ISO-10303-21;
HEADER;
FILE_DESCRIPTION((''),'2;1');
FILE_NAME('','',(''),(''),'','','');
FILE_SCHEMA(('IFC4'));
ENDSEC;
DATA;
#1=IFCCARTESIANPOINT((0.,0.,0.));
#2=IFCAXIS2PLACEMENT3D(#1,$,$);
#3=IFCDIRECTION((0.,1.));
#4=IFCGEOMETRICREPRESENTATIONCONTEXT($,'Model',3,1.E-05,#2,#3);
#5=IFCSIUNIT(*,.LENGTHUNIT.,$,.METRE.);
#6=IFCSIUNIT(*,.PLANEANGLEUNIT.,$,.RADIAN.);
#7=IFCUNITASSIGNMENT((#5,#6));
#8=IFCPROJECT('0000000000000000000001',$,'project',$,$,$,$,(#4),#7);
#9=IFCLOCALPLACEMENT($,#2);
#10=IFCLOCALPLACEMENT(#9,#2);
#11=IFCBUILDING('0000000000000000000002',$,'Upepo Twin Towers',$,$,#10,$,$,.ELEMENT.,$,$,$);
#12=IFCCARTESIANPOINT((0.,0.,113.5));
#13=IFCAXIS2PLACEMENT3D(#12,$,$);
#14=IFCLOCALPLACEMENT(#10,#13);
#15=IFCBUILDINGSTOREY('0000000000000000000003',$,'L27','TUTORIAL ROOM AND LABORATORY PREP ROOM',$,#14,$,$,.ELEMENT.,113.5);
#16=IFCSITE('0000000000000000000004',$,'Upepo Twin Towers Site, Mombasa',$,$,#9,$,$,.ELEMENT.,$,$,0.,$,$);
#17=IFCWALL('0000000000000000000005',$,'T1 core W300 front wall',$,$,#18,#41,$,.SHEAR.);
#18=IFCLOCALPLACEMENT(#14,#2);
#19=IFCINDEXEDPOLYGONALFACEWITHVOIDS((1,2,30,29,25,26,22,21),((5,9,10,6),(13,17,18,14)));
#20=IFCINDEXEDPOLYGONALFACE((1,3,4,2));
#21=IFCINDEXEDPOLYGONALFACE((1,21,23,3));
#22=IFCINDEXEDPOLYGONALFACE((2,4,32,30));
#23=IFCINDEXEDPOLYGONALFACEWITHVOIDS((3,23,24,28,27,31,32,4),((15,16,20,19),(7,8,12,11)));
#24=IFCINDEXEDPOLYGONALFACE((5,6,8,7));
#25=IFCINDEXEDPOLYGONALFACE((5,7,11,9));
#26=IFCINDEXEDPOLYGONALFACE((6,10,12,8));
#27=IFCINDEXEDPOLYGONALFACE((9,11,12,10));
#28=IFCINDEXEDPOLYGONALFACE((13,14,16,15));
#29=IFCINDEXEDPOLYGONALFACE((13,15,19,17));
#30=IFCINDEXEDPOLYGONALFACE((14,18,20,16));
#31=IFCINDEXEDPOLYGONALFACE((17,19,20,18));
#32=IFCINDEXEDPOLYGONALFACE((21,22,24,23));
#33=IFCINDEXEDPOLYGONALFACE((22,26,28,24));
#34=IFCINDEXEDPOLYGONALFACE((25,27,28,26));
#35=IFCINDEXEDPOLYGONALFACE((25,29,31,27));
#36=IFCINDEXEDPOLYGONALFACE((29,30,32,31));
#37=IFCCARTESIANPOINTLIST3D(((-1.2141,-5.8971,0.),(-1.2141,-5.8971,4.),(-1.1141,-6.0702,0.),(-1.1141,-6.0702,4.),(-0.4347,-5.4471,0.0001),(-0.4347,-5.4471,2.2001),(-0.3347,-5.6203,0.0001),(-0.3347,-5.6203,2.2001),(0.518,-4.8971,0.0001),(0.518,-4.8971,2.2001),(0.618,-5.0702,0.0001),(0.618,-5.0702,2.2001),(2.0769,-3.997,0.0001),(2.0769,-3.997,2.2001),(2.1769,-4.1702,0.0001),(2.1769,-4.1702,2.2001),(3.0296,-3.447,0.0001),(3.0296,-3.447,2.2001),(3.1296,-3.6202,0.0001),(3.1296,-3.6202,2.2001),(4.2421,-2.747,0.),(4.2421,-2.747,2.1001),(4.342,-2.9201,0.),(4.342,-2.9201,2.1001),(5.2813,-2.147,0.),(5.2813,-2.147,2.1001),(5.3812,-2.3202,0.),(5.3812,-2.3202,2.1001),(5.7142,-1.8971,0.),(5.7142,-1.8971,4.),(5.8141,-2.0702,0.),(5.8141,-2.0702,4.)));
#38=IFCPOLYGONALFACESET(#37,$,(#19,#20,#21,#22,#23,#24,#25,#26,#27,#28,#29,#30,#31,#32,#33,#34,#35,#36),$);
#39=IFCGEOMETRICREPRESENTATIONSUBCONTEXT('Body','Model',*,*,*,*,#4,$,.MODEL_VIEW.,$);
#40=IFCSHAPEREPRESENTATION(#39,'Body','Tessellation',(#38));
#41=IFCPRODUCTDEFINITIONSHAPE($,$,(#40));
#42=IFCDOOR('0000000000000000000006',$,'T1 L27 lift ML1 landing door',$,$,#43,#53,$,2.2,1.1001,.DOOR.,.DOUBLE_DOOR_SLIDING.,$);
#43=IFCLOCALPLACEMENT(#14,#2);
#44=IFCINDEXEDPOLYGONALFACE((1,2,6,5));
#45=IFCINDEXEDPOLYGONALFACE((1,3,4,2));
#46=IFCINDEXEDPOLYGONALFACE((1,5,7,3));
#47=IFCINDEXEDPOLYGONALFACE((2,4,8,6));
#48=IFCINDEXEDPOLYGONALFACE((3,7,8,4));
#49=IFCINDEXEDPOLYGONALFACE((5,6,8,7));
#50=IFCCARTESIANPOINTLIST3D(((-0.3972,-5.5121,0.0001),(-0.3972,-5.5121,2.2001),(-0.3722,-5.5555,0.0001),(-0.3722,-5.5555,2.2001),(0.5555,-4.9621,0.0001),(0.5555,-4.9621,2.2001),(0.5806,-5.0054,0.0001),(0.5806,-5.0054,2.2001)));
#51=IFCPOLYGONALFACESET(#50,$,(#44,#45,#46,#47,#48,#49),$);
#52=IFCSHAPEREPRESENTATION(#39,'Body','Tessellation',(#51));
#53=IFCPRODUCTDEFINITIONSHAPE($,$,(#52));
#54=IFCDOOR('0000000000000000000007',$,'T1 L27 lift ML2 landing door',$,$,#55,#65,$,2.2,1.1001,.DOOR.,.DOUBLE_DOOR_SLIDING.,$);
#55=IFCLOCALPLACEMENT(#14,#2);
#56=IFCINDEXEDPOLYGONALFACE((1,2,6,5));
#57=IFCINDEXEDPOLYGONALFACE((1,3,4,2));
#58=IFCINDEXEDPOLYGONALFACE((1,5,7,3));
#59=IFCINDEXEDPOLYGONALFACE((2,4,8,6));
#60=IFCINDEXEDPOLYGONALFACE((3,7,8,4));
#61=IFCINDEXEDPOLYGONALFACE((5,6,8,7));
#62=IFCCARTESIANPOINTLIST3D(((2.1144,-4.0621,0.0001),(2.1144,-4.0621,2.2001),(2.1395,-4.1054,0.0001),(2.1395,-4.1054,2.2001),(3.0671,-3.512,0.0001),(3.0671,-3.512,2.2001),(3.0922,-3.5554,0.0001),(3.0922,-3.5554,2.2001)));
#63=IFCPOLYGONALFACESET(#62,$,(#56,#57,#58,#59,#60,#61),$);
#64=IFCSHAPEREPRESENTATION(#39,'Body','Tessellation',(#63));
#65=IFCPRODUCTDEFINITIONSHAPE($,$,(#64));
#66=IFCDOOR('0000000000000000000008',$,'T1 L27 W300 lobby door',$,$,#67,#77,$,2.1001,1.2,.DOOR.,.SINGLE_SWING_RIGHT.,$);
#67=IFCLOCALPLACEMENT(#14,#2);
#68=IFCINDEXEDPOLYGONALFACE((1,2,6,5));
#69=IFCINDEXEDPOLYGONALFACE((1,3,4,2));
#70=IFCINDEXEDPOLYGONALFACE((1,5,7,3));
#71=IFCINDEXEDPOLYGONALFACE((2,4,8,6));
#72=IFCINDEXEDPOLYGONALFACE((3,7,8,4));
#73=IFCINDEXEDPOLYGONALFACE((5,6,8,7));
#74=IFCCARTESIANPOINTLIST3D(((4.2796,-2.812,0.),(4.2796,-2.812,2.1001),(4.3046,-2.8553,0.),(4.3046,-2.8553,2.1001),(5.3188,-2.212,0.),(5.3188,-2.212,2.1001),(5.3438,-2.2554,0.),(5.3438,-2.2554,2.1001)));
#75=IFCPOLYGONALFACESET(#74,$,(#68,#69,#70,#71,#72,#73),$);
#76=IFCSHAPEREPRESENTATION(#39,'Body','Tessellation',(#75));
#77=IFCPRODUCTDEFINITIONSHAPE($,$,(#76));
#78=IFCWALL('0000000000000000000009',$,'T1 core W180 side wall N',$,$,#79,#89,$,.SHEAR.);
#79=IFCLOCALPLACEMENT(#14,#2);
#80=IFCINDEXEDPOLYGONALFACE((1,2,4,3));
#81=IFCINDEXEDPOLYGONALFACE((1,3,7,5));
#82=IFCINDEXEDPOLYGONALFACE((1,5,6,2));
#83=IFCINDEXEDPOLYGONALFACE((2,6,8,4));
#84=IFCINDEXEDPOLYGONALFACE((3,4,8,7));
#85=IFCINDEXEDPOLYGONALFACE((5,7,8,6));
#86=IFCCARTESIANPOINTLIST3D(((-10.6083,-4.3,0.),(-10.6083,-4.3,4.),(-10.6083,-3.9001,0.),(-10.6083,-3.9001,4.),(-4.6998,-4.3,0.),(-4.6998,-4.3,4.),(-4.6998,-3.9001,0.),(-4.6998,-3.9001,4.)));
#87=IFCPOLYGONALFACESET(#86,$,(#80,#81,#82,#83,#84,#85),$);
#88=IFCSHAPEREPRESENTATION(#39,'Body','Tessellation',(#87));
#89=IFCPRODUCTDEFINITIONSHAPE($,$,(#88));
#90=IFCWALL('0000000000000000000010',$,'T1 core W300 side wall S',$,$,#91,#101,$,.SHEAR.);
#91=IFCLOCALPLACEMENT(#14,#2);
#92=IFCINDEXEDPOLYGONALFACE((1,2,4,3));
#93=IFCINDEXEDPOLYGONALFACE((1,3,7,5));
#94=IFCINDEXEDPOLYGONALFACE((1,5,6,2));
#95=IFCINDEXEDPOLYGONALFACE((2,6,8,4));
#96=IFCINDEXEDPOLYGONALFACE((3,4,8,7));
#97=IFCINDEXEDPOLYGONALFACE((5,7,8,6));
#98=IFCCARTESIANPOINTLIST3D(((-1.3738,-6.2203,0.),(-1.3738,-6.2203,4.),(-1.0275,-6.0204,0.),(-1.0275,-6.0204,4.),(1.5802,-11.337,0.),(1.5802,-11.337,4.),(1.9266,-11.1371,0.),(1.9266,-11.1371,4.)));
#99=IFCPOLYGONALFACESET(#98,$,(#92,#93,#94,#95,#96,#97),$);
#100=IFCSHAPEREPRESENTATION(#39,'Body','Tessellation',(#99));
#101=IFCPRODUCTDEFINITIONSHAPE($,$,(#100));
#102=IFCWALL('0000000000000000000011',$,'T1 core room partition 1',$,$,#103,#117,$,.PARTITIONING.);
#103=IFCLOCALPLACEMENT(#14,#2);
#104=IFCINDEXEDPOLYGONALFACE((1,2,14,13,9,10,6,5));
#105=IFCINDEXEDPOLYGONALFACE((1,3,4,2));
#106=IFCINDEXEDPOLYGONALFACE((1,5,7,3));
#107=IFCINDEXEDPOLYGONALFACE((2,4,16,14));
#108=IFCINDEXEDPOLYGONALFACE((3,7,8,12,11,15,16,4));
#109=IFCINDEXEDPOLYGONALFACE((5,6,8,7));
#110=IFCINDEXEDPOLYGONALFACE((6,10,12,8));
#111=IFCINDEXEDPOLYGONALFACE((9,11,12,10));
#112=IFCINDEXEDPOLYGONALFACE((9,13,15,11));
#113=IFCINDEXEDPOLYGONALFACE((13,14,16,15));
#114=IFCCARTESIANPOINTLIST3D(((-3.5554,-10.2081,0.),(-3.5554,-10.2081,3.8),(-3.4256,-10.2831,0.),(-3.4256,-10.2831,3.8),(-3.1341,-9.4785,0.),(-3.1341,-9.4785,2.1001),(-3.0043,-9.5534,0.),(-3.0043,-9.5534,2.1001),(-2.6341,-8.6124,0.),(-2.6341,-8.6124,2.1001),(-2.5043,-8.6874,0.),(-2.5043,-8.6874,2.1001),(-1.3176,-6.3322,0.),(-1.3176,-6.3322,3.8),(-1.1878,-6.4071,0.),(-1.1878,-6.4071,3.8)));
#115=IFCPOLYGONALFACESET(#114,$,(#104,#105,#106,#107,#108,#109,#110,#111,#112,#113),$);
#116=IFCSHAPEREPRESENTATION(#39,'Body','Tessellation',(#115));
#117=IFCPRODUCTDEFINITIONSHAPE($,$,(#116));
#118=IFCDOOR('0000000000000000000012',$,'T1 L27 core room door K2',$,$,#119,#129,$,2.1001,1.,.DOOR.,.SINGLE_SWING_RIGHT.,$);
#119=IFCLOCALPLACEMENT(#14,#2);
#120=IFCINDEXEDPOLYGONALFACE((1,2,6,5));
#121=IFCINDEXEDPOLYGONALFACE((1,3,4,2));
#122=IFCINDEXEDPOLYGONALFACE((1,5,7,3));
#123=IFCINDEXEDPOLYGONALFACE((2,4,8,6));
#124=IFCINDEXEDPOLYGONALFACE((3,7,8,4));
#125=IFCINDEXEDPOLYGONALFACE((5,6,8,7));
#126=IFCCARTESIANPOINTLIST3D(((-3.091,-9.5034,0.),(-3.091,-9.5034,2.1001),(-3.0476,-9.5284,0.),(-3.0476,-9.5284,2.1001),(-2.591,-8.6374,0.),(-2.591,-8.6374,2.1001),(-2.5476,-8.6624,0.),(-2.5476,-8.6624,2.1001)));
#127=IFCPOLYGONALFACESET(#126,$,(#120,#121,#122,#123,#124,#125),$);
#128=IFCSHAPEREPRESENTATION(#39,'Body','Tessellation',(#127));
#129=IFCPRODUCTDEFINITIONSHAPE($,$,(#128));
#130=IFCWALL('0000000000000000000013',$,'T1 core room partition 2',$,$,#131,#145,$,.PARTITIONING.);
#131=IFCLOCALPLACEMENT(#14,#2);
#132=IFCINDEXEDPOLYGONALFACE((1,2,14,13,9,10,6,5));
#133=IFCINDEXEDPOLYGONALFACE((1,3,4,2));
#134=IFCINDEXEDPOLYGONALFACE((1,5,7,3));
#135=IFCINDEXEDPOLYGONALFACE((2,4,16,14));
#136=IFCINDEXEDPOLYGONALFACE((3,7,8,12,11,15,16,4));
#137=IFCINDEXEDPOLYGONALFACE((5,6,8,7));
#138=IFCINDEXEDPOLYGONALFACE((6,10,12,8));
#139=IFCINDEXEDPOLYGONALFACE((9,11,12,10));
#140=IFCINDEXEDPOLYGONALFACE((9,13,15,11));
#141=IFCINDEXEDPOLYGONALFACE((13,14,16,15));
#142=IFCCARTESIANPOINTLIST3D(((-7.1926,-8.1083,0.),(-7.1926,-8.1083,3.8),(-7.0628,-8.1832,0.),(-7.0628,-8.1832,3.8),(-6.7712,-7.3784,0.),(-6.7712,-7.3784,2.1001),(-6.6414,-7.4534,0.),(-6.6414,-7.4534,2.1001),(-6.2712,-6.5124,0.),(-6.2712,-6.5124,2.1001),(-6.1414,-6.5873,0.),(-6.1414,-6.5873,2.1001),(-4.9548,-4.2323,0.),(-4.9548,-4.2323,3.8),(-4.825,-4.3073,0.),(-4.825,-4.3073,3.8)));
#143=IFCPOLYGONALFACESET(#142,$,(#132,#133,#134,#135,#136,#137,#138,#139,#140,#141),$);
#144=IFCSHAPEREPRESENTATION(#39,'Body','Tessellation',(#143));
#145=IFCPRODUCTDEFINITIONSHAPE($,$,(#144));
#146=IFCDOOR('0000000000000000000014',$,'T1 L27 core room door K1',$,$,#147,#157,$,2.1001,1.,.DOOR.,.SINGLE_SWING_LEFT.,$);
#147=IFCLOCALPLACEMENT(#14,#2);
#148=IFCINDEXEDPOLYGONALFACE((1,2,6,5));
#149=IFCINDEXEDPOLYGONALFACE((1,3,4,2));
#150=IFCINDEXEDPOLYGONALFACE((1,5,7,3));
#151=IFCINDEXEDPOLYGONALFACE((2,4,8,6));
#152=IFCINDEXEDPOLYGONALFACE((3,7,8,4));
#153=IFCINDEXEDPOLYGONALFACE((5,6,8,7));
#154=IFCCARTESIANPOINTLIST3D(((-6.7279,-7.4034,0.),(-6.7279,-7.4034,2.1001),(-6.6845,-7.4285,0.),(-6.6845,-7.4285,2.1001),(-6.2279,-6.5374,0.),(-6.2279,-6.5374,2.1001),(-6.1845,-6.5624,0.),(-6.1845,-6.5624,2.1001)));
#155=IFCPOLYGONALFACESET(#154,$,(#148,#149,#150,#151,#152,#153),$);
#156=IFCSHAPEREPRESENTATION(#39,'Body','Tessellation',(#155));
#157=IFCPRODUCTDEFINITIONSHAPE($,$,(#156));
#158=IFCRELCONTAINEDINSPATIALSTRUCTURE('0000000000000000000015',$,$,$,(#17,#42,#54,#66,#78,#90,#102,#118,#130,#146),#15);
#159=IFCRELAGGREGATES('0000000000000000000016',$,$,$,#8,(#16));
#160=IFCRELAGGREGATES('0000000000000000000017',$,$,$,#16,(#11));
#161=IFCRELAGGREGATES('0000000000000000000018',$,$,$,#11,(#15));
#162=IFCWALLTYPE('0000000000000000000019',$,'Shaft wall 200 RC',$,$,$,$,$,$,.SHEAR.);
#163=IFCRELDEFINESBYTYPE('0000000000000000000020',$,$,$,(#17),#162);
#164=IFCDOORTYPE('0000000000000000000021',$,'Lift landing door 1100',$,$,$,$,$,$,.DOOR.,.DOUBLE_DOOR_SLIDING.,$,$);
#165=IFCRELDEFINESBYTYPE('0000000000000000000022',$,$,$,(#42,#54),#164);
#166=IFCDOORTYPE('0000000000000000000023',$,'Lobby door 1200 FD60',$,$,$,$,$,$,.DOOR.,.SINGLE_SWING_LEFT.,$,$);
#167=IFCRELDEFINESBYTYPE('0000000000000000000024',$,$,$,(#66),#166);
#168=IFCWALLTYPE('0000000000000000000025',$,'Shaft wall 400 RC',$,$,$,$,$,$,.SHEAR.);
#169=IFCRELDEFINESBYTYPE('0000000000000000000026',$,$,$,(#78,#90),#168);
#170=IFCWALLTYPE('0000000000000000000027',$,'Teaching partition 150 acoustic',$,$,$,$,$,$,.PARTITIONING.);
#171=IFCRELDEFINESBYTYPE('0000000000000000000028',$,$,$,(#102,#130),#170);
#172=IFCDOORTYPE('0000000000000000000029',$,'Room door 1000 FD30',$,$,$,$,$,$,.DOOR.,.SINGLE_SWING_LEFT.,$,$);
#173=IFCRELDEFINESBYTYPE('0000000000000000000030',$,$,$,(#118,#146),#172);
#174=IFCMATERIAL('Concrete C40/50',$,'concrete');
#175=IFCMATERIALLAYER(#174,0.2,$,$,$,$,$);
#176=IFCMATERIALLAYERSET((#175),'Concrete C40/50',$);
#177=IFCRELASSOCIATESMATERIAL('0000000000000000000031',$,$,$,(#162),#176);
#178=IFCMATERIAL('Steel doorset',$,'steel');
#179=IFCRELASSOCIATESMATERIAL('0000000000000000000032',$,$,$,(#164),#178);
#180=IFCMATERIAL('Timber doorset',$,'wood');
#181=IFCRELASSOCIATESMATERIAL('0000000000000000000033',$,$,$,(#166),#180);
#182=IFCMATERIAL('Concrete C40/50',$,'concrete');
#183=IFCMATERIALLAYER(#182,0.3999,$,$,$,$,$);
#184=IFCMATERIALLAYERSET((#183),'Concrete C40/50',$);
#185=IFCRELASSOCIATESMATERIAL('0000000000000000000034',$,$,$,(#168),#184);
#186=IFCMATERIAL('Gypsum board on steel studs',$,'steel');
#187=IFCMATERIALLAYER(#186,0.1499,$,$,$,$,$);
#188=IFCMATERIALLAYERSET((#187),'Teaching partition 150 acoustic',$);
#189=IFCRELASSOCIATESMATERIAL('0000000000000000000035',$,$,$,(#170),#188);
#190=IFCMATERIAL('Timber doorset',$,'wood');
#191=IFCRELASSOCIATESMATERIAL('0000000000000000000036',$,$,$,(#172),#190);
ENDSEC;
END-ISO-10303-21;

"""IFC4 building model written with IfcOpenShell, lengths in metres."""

from ifc_helpers import new_model, si_unit, direction, frame, frame_2d, origin, place, context, subcontext, project, spatial, rectangle, extrude, material, layer, layer_set, type_object, element, fill, save


model = new_model("IFC4")

# Units and contexts
model_context = context("Model", 3, precision=1e-05, world=origin(), true_north=direction((0.0, 1.0)))
body_context = subcontext(model_context, "Body", "Model", "MODEL_VIEW")
ifc_project = project(units=[si_unit("LENGTHUNIT", "METRE"), si_unit("PLANEANGLEUNIT", "RADIAN")], contexts=[model_context])

# Site, building, storey
site_placement = place(None, origin())
site = spatial("IfcSite", under=ifc_project, at=site_placement, Name="Upepo Twin Towers Site, Mombasa", CompositionType="ELEMENT", RefElevation=0.0)
building_placement = place(site_placement, origin())
building = spatial("IfcBuilding", under=site, at=building_placement, Name="Upepo Twin Towers", CompositionType="ELEMENT")
storey_placement = place(building_placement, frame((0.0, 0.0, 113.5)))
storey = spatial("IfcBuildingStorey", under=building, at=storey_placement, Name="L27", Description="TUTORIAL ROOM AND LABORATORY PREP ROOM", CompositionType="ELEMENT", Elevation=113.5)

# Shared definitions
ifc_material_1 = material(Name="Concrete C40/50", Category="concrete")
ifc_layer_1 = layer(ifc_material_1, 0.2)
ifc_layer_set_1 = layer_set([ifc_layer_1], Name="Concrete C40/50")
wall_type_1 = type_object("IfcWallType", Name="Shaft wall 200 RC", PredefinedType="SHEAR", material=ifc_layer_set_1)

# Wall, openings, doors
wall_1_placement = place(storey_placement, frame((-1.1641, -5.9836, 0.0), z_axis=(0.0, 0.0, 1.0), x_axis=(0.866026, 0.499999, 0.0)))
wall_1 = element("IfcWall", 1, at=wall_1_placement, inside=storey, type_object=wall_type_1, Name="T1 core W300 front wall", PredefinedType="SHEAR", context=body_context, shape_type="SweptSolid", body=[
    extrude(rectangle(XDim=8.0, YDim=0.2, at=frame_2d((4.0, 0.0))), origin(), (0.0, 0.0, 1.0), 4.0),
])
opening_1_placement = place(wall_1_placement, frame((6.3, 0.0, 0.0)))
opening_1 = element("IfcOpeningElement", 2, at=opening_1_placement, cuts=wall_1, PredefinedType="OPENING", context=body_context, shape_type="SweptSolid", body=[
    extrude(rectangle(XDim=1.2, YDim=2.1001, at=frame_2d((0.6001, 1.05))), frame((0.0, 0.1099, 0.0), z_axis=(0.0, -1.0, 0.0), x_axis=(1.0, 0.0, 0.0)), (0.0, 0.0, 1.0), 0.22),
])
opening_2_placement = place(wall_1_placement, frame((0.8999, 0.0, 0.0)))
opening_2 = element("IfcOpeningElement", 3, at=opening_2_placement, cuts=wall_1, PredefinedType="OPENING", context=body_context, shape_type="SweptSolid", body=[
    extrude(rectangle(XDim=1.1001, YDim=2.2, at=frame_2d((0.55, 1.1001))), frame((0.0, 0.1099, 0.0), z_axis=(0.0, -1.0, 0.0), x_axis=(1.0, 0.0, 0.0)), (0.0, 0.0, 1.0), 0.22),
])
opening_3_placement = place(wall_1_placement, frame((3.8, 0.0, 0.0)))
opening_3 = element("IfcOpeningElement", 4, at=opening_3_placement, cuts=wall_1, PredefinedType="OPENING", context=body_context, shape_type="SweptSolid", body=[
    extrude(rectangle(XDim=1.1001, YDim=2.2, at=frame_2d((0.55, 1.1001))), frame((0.0, 0.1099, 0.0), z_axis=(0.0, -1.0, 0.0), x_axis=(1.0, 0.0, 0.0)), (0.0, 0.0, 1.0), 0.22),
])
ifc_material_2 = material(Name="Steel doorset", Category="steel")
door_type_1 = type_object("IfcDoorType", Name="Lift landing door 1100", OperationType="DOUBLE_DOOR_SLIDING", PredefinedType="DOOR", material=ifc_material_2)
door_1_placement = place(opening_2_placement, origin())
door_1 = element("IfcDoor", 5, at=door_1_placement, inside=storey, type_object=door_type_1, Name="T1 L27 lift ML1 landing door", OperationType="DOUBLE_DOOR_SLIDING", OverallHeight=2.2, OverallWidth=1.1001, PredefinedType="DOOR", context=body_context, shape_type="SweptSolid", body=[
    extrude(rectangle(XDim=1.1001, YDim=2.2, at=frame_2d((0.55, 1.1001))), frame((0.0, 0.0249, 0.0), z_axis=(0.0, -1.0, 0.0), x_axis=(1.0, 0.0, 0.0)), (0.0, 0.0, 1.0), 0.05),
])
fill(opening_2, door_1)
door_2_placement = place(opening_3_placement, origin())
door_2 = element("IfcDoor", 6, at=door_2_placement, inside=storey, type_object=door_type_1, Name="T1 L27 lift ML2 landing door", OperationType="DOUBLE_DOOR_SLIDING", OverallHeight=2.2, OverallWidth=1.1001, PredefinedType="DOOR", context=body_context, shape_type="SweptSolid", body=[
    extrude(rectangle(XDim=1.1001, YDim=2.2, at=frame_2d((0.55, 1.1001))), frame((0.0, 0.0249, 0.0), z_axis=(0.0, -1.0, 0.0), x_axis=(1.0, 0.0, 0.0)), (0.0, 0.0, 1.0), 0.05),
])
fill(opening_3, door_2)
ifc_material_3 = material(Name="Timber doorset", Category="wood")
door_type_2 = type_object("IfcDoorType", Name="Lobby door 1200 FD60", OperationType="SINGLE_SWING_LEFT", PredefinedType="DOOR", material=ifc_material_3)
door_3_placement = place(opening_1_placement, origin())
door_3 = element("IfcDoor", 7, at=door_3_placement, inside=storey, type_object=door_type_2, Name="T1 L27 W300 lobby door", OperationType="SINGLE_SWING_RIGHT", OverallHeight=2.1001, OverallWidth=1.2, PredefinedType="DOOR", context=body_context, shape_type="SweptSolid", body=[
    extrude(rectangle(XDim=1.2, YDim=2.1001, at=frame_2d((0.6001, 1.05))), frame((0.0, 0.0249, 0.0), z_axis=(0.0, -1.0, 0.0), x_axis=(1.0, 0.0, 0.0)), (0.0, 0.0, 1.0), 0.05),
])
fill(opening_1, door_3)

# Walls
ifc_material_4 = material(Name="Concrete C40/50", Category="concrete")
ifc_layer_2 = layer(ifc_material_4, 0.3999)
ifc_layer_set_2 = layer_set([ifc_layer_2], Name="Concrete C40/50")
wall_type_2 = type_object("IfcWallType", Name="Shaft wall 400 RC", PredefinedType="SHEAR", material=ifc_layer_set_2)
wall_2_placement = place(storey_placement, frame((-4.7, -4.1001, 0.0), z_axis=(0.0, 0.0, 1.0), x_axis=(-1.0, 0.0, 0.0)))
element("IfcWall", 8, at=wall_2_placement, inside=storey, type_object=wall_type_2, Name="T1 core W180 side wall N", PredefinedType="SHEAR", context=body_context, shape_type="SweptSolid", body=[
    extrude(rectangle(XDim=5.9084, YDim=0.3999, at=frame_2d((2.9541, 0.0))), origin(), (0.0, 0.0, 1.0), 4.0),
])
wall_3_placement = place(storey_placement, frame((-1.2007, -6.1204, 0.0), z_axis=(0.0, 0.0, 1.0), x_axis=(0.499997, -0.866027, 0.0)))
element("IfcWall", 9, at=wall_3_placement, inside=storey, type_object=wall_type_2, Name="T1 core W300 side wall S", PredefinedType="SHEAR", context=body_context, shape_type="SweptSolid", body=[
    extrude(rectangle(XDim=5.9082, YDim=0.3999, at=frame_2d((2.9541, 0.0))), origin(), (0.0, 0.0, 1.0), 4.0),
])

# Walls, openings, doors
ifc_material_5 = material(Name="Gypsum board on steel studs", Category="steel")
ifc_layer_3 = layer(ifc_material_5, 0.1499)
ifc_layer_set_3 = layer_set([ifc_layer_3], Name="Teaching partition 150 acoustic")
wall_type_3 = type_object("IfcWallType", Name="Teaching partition 150 acoustic", PredefinedType="PARTITIONING", material=ifc_layer_set_3)
wall_4_placement = place(storey_placement, frame((-1.2527, -6.3696, 0.0), z_axis=(0.0, 0.0, 1.0), x_axis=(-0.499999, -0.866026, 0.0)))
wall_4 = element("IfcWall", 10, at=wall_4_placement, inside=storey, type_object=wall_type_3, Name="T1 core room partition 1", PredefinedType="PARTITIONING", context=body_context, shape_type="SweptSolid", body=[
    extrude(rectangle(XDim=4.4756, YDim=0.1499, at=frame_2d((2.2378, 0.0))), origin(), (0.0, 0.0, 1.0), 3.8),
])
opening_4_placement = place(wall_4_placement, frame((2.6331, 0.0, 0.0)))
opening_4 = element("IfcOpeningElement", 11, at=opening_4_placement, cuts=wall_4, PredefinedType="OPENING", context=body_context, shape_type="SweptSolid", body=[
    extrude(rectangle(XDim=1.0, YDim=2.1001, at=frame_2d((0.5, 1.05))), frame((0.0, 0.085, 0.0), z_axis=(0.0, -1.0, 0.0), x_axis=(1.0, 0.0, 0.0)), (0.0, 0.0, 1.0), 0.1699),
])
ifc_material_6 = material(Name="Timber doorset", Category="wood")
door_type_3 = type_object("IfcDoorType", Name="Room door 1000 FD30", OperationType="SINGLE_SWING_LEFT", PredefinedType="DOOR", material=ifc_material_6)
door_4_placement = place(opening_4_placement, origin())
door_4 = element("IfcDoor", 12, at=door_4_placement, inside=storey, type_object=door_type_3, Name="T1 L27 core room door K2", OperationType="SINGLE_SWING_RIGHT", OverallHeight=2.1001, OverallWidth=1.0, PredefinedType="DOOR", context=body_context, shape_type="SweptSolid", body=[
    extrude(rectangle(XDim=1.0, YDim=2.1001, at=frame_2d((0.5, 1.05))), frame((0.0, 0.0249, 0.0), z_axis=(0.0, -1.0, 0.0), x_axis=(1.0, 0.0, 0.0)), (0.0, 0.0, 1.0), 0.05),
])
fill(opening_4, door_4)
wall_5_placement = place(storey_placement, frame((-7.1277, -8.1458, 0.0), z_axis=(0.0, 0.0, 1.0), x_axis=(0.499999, 0.866026, 0.0)))
wall_5 = element("IfcWall", 13, at=wall_5_placement, inside=storey, type_object=wall_type_3, Name="T1 core room partition 2", PredefinedType="PARTITIONING", context=body_context, shape_type="SweptSolid", body=[
    extrude(rectangle(XDim=4.4756, YDim=0.1499, at=frame_2d((2.2378, 0.0))), origin(), (0.0, 0.0, 1.0), 3.8),
])
opening_5_placement = place(wall_5_placement, frame((0.8428, 0.0, 0.0)))
opening_5 = element("IfcOpeningElement", 14, at=opening_5_placement, cuts=wall_5, PredefinedType="OPENING", context=body_context, shape_type="SweptSolid", body=[
    extrude(rectangle(XDim=1.0, YDim=2.1001, at=frame_2d((0.5, 1.05))), frame((0.0, 0.085, 0.0), z_axis=(0.0, -1.0, 0.0), x_axis=(1.0, 0.0, 0.0)), (0.0, 0.0, 1.0), 0.1699),
])
door_5_placement = place(opening_5_placement, origin())
door_5 = element("IfcDoor", 15, at=door_5_placement, inside=storey, type_object=door_type_3, Name="T1 L27 core room door K1", OperationType="SINGLE_SWING_LEFT", OverallHeight=2.1001, OverallWidth=1.0, PredefinedType="DOOR", context=body_context, shape_type="SweptSolid", body=[
    extrude(rectangle(XDim=1.0, YDim=2.1001, at=frame_2d((0.5, 1.05))), frame((0.0, 0.0249, 0.0), z_axis=(0.0, -1.0, 0.0), x_axis=(1.0, 0.0, 0.0)), (0.0, 0.0, 1.0), 0.05),
])
fill(opening_5, door_5)

save(model, "model.ifc")
